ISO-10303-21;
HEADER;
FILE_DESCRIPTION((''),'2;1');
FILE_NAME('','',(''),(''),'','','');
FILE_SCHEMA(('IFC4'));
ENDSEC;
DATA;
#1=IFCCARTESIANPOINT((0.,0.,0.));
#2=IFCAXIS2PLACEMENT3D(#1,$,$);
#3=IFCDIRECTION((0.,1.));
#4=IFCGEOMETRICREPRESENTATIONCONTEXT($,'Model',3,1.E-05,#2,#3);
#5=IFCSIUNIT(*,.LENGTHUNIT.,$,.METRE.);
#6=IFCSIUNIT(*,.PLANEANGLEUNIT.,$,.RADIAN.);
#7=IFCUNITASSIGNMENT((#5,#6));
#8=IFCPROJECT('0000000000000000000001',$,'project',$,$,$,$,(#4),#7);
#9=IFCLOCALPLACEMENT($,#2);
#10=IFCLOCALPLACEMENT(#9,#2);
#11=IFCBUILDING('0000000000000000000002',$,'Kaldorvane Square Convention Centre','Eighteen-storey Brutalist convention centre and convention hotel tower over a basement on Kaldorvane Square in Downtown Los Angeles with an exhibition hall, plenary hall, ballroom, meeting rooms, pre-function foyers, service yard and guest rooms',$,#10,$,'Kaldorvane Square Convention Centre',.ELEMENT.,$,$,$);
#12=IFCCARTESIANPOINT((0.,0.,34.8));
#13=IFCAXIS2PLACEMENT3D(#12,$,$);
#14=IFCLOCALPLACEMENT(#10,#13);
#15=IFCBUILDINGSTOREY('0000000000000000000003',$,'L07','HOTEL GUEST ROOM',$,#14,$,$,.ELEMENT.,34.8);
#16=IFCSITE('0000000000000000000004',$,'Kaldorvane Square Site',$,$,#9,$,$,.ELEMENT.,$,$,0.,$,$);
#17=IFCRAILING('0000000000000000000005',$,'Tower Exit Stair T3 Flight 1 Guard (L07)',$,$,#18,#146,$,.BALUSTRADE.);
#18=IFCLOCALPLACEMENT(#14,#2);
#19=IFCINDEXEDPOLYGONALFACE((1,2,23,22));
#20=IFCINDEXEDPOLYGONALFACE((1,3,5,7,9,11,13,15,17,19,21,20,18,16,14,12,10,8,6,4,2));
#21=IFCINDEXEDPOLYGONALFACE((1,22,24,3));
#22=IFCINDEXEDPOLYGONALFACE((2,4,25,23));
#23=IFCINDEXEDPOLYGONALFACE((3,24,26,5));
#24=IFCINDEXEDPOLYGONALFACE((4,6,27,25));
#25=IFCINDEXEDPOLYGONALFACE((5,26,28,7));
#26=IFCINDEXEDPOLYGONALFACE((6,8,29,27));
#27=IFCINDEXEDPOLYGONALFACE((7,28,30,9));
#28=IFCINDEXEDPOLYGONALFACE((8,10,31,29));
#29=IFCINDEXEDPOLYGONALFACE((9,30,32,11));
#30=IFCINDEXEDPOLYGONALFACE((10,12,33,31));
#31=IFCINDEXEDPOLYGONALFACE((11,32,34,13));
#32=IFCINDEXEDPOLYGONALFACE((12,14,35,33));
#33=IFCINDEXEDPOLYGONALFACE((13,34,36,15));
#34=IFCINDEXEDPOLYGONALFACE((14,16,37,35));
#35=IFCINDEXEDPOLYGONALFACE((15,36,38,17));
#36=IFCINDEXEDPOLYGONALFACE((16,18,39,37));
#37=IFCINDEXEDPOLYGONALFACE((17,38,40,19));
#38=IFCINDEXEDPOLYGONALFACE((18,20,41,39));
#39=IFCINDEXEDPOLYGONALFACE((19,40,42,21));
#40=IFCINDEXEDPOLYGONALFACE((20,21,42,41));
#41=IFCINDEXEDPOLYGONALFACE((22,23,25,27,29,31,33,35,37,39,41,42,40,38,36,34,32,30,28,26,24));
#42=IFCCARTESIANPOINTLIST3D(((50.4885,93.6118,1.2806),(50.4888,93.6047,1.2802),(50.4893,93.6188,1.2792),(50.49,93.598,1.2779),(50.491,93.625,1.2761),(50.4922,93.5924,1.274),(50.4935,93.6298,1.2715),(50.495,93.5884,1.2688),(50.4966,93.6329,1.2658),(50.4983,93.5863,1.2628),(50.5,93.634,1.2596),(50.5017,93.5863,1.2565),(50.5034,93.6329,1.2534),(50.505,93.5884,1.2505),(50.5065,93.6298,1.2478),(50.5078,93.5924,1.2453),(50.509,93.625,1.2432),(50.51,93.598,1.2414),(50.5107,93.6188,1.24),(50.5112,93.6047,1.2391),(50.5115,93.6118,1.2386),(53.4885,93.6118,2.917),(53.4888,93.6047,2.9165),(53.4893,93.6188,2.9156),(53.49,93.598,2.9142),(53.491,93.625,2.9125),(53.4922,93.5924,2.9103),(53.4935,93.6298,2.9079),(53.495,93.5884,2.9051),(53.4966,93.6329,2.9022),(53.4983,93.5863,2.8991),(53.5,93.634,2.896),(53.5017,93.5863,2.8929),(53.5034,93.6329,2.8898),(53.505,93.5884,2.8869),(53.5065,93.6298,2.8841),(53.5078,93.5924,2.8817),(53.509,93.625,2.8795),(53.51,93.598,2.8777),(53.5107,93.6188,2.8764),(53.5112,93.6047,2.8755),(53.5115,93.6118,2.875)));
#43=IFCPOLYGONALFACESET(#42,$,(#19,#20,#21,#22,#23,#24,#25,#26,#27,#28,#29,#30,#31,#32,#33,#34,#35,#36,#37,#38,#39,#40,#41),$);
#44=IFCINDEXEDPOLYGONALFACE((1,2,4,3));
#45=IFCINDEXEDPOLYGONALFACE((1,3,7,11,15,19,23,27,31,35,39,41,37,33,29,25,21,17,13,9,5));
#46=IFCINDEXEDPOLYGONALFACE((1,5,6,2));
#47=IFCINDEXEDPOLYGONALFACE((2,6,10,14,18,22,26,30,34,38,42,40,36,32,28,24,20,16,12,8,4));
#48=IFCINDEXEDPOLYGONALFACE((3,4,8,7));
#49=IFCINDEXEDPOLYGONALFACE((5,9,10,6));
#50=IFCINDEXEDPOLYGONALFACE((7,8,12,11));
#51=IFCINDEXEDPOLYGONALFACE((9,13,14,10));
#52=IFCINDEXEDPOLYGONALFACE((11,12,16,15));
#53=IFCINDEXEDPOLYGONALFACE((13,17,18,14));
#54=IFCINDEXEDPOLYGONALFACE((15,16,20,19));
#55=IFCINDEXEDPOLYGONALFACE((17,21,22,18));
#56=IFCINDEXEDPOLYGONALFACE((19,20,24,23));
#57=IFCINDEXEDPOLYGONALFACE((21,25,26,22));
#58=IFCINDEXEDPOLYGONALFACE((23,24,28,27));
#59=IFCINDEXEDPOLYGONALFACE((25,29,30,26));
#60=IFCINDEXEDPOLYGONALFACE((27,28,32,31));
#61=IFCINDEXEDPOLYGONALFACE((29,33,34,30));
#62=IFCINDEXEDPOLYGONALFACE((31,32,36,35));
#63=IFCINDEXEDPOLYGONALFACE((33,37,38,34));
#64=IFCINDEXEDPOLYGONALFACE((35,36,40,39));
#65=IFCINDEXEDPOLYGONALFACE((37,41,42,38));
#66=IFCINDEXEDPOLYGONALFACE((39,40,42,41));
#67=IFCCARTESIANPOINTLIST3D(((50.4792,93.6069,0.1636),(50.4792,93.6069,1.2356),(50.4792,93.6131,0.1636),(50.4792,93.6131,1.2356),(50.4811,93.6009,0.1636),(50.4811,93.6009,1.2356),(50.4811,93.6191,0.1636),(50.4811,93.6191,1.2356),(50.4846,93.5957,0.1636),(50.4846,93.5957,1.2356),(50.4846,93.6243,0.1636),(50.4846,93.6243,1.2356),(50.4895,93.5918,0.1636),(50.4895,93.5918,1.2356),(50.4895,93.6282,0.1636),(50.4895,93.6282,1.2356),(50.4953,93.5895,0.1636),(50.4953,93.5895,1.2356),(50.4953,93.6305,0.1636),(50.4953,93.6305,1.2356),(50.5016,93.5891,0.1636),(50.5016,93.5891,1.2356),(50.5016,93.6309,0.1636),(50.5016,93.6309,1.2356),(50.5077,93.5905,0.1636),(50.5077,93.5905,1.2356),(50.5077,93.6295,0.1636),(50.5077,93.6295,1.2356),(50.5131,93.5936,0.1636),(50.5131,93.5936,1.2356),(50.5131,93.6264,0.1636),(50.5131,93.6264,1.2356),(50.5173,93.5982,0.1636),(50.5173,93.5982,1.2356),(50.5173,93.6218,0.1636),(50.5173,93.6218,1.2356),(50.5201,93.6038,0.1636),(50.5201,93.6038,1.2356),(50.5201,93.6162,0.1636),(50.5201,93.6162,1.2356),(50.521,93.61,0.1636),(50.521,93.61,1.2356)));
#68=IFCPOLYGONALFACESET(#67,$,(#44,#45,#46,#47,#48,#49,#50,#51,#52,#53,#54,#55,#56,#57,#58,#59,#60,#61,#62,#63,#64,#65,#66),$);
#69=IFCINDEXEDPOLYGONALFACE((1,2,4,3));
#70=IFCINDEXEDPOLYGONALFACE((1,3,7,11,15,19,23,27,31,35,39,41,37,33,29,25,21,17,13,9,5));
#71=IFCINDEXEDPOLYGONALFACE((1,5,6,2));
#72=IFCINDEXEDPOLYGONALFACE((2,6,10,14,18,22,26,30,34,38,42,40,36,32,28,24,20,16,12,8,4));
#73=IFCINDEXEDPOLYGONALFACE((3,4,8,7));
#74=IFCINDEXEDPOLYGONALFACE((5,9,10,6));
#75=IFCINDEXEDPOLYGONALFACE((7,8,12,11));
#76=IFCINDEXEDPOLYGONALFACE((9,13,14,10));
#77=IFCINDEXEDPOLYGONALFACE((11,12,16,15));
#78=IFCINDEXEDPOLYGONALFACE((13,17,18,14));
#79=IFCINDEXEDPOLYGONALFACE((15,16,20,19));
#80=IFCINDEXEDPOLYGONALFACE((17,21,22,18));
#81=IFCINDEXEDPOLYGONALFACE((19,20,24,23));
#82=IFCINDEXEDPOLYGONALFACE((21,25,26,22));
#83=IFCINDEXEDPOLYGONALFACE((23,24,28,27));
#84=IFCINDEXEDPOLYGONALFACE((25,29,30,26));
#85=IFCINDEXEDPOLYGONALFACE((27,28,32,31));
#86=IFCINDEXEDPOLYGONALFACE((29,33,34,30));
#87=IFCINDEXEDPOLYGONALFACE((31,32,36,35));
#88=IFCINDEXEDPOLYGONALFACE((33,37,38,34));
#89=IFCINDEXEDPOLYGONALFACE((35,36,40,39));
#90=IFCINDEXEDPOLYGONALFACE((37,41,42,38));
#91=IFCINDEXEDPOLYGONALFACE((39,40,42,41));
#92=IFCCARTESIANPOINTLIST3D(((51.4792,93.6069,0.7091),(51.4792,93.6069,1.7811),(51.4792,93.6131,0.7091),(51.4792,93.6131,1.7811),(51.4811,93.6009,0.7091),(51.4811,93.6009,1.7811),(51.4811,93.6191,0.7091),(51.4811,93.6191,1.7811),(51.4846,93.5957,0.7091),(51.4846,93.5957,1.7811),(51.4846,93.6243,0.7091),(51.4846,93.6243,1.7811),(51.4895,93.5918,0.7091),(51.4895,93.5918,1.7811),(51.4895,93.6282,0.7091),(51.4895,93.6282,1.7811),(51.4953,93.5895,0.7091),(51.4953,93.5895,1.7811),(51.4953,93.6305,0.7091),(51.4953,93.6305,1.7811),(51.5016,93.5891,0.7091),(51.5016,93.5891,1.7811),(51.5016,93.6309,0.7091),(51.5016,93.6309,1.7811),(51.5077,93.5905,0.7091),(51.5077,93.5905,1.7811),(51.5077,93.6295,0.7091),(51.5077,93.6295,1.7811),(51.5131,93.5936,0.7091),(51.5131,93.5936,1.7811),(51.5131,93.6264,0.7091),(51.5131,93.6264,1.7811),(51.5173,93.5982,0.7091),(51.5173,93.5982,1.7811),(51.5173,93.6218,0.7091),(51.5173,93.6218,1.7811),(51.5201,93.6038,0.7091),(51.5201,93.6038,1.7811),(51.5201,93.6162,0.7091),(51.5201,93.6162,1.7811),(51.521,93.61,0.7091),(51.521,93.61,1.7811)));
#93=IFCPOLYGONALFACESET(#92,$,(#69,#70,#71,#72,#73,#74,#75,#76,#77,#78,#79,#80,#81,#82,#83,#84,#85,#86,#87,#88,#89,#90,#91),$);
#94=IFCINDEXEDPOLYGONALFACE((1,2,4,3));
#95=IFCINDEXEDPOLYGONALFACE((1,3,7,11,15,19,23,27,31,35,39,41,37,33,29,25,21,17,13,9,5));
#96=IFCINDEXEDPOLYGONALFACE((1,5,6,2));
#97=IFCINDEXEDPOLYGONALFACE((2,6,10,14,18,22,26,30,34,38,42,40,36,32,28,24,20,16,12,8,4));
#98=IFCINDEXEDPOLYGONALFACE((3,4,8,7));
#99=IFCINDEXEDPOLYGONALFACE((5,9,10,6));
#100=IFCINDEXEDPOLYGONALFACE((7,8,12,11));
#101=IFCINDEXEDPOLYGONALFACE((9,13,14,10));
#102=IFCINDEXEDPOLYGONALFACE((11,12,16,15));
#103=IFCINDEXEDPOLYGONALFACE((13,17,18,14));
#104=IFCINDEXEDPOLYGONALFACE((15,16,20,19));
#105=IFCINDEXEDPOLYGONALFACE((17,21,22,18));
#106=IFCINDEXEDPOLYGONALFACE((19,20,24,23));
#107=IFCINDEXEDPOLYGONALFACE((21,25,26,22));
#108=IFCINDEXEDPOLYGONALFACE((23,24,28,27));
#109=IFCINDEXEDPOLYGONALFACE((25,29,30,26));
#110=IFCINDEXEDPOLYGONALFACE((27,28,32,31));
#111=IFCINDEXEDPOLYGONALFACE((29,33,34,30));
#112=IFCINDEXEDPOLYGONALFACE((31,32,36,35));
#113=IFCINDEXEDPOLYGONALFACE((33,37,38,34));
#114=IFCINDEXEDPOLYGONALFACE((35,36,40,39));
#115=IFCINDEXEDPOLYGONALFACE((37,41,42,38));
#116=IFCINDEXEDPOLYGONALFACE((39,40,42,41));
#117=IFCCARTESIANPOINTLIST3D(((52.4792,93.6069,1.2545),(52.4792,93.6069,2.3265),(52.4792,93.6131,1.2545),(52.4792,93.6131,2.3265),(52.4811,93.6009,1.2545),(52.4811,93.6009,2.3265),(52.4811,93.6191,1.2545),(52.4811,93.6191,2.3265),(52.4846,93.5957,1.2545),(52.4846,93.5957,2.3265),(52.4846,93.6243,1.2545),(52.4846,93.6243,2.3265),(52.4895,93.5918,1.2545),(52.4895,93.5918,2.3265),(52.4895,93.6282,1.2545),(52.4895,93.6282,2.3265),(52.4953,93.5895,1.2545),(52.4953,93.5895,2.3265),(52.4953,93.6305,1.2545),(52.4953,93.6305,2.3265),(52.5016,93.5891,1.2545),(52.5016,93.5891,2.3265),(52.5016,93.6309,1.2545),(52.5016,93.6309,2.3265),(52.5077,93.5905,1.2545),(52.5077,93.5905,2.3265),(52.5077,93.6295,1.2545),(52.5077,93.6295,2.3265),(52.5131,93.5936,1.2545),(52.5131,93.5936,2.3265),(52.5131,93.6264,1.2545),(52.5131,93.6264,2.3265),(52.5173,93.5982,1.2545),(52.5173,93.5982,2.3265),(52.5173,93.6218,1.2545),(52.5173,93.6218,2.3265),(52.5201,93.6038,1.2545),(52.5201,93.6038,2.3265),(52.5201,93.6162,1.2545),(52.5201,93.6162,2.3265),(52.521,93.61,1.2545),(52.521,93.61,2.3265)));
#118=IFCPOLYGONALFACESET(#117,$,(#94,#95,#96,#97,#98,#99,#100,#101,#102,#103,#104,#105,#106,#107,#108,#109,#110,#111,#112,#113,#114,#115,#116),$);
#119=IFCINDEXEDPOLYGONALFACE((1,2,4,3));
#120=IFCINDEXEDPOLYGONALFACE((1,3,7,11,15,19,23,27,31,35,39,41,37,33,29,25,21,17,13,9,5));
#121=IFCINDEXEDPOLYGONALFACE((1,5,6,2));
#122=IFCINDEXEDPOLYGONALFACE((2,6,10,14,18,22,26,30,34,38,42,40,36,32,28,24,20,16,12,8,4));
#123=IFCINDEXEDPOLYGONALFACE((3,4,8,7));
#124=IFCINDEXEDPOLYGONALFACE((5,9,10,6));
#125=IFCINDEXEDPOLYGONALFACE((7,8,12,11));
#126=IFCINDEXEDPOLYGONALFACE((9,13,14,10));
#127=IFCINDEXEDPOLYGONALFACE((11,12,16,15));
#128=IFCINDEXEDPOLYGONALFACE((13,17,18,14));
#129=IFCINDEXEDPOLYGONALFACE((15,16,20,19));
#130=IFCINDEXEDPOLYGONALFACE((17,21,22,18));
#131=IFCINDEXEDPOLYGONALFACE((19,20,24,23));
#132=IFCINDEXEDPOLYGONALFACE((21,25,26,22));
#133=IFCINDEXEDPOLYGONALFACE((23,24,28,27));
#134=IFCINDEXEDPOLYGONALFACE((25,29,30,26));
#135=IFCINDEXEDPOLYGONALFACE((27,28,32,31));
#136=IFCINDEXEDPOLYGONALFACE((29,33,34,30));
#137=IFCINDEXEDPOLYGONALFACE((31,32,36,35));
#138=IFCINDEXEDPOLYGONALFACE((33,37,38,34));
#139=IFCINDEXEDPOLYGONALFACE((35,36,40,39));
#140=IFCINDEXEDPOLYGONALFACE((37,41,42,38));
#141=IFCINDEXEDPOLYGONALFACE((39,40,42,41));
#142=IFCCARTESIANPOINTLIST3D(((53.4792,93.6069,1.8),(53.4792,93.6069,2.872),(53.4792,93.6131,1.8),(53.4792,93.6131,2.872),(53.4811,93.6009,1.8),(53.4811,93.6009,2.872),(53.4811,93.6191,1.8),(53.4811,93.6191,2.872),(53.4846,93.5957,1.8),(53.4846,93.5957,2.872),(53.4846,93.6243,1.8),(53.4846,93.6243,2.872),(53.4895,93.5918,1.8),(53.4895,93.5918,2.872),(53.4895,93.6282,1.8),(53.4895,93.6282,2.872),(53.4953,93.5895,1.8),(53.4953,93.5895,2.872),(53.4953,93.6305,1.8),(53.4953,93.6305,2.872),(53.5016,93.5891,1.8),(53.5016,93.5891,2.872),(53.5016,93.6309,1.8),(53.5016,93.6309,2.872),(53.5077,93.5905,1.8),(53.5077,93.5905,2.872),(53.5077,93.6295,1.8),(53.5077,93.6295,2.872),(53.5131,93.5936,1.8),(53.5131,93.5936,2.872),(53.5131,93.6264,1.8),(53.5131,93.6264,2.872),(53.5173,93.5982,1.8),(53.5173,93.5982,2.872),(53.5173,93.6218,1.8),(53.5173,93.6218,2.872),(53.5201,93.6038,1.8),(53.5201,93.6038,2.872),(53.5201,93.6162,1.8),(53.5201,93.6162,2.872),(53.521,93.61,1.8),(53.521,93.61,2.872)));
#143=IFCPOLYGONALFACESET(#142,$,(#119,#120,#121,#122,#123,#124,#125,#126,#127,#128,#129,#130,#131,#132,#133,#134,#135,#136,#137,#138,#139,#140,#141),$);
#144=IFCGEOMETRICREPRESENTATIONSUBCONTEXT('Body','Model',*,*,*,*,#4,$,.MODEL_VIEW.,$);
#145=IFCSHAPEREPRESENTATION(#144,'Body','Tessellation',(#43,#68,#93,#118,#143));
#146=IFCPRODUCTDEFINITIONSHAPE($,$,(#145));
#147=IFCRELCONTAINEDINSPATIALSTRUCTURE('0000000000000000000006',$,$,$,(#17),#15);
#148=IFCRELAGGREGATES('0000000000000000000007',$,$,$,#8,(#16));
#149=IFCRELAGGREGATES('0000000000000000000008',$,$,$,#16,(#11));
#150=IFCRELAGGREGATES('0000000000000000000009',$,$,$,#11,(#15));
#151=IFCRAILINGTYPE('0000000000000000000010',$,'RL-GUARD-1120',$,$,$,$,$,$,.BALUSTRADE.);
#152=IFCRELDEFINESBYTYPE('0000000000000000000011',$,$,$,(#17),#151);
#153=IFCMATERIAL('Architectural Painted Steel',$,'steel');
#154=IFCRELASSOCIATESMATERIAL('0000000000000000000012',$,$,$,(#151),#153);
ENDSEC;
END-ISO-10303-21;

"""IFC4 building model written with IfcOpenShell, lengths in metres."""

from ifc_helpers import new_model, si_unit, direction, frame, origin, origin_2d, place, context, subcontext, project, spatial, circle, extrude, material, type_object, element, save


model = new_model("IFC4")

# Units and contexts
model_context = context("Model", 3, precision=1e-05, world=origin(), true_north=direction((0.0, 1.0)))
body_context = subcontext(model_context, "Body", "Model", "MODEL_VIEW")
ifc_project = project(units=[si_unit("LENGTHUNIT", "METRE"), si_unit("PLANEANGLEUNIT", "RADIAN")], contexts=[model_context])

# Site, building, storey
site_placement = place(None, origin())
site = spatial("IfcSite", under=ifc_project, at=site_placement, Name="Kaldorvane Square Site", CompositionType="ELEMENT", RefElevation=0.0)
building_placement = place(site_placement, origin())
building = spatial("IfcBuilding", under=site, at=building_placement, Name="Kaldorvane Square Convention Centre", Description="Eighteen-storey Brutalist convention centre and convention hotel tower over a basement on Kaldorvane Square in Downtown Los Angeles with an exhibition hall, plenary hall, ballroom, meeting rooms, pre-function foyers, service yard and guest rooms", LongName="Kaldorvane Square Convention Centre", CompositionType="ELEMENT")
storey_placement = place(building_placement, frame((0.0, 0.0, 34.8)))
storey = spatial("IfcBuildingStorey", under=building, at=storey_placement, Name="L07", Description="HOTEL GUEST ROOM", CompositionType="ELEMENT", Elevation=34.8)

# Railing
ifc_material_1 = material(Name="Architectural Painted Steel", Category="steel")
railing_type_1 = type_object("IfcRailingType", Name="RL-GUARD-1120", PredefinedType="BALUSTRADE", material=ifc_material_1)
railing_1_placement = place(storey_placement, frame((50.5, 93.61, 0.1636)))
element("IfcRailing", 1, at=railing_1_placement, inside=storey, type_object=railing_type_1, Name="Tower Exit Stair T3 Flight 1 Guard (L07)", PredefinedType="BALUSTRADE", context=body_context, shape_type="SweptSolid", body=[
    extrude(circle(Radius=0.024, at=origin_2d()), frame((0.0, 0.0, 1.096), z_axis=(0.877895, 0.0, 0.478853), x_axis=(0.0, 1.0, 0.0)), (0.0, 0.0, 1.0), 3.4173),
    extrude(circle(Radius=0.021, at=origin_2d()), origin(), (0.0, 0.0, 1.0), 1.072),
    extrude(circle(Radius=0.021, at=origin_2d()), frame((1.0, 0.0, 0.5455)), (0.0, 0.0, 1.0), 1.072),
    extrude(circle(Radius=0.021, at=origin_2d()), frame((2.0, 0.0, 1.0909)), (0.0, 0.0, 1.0), 1.072),
    extrude(circle(Radius=0.021, at=origin_2d()), frame((3.0, 0.0, 1.6364)), (0.0, 0.0, 1.0), 1.072),
])

save(model, "model.ifc")
